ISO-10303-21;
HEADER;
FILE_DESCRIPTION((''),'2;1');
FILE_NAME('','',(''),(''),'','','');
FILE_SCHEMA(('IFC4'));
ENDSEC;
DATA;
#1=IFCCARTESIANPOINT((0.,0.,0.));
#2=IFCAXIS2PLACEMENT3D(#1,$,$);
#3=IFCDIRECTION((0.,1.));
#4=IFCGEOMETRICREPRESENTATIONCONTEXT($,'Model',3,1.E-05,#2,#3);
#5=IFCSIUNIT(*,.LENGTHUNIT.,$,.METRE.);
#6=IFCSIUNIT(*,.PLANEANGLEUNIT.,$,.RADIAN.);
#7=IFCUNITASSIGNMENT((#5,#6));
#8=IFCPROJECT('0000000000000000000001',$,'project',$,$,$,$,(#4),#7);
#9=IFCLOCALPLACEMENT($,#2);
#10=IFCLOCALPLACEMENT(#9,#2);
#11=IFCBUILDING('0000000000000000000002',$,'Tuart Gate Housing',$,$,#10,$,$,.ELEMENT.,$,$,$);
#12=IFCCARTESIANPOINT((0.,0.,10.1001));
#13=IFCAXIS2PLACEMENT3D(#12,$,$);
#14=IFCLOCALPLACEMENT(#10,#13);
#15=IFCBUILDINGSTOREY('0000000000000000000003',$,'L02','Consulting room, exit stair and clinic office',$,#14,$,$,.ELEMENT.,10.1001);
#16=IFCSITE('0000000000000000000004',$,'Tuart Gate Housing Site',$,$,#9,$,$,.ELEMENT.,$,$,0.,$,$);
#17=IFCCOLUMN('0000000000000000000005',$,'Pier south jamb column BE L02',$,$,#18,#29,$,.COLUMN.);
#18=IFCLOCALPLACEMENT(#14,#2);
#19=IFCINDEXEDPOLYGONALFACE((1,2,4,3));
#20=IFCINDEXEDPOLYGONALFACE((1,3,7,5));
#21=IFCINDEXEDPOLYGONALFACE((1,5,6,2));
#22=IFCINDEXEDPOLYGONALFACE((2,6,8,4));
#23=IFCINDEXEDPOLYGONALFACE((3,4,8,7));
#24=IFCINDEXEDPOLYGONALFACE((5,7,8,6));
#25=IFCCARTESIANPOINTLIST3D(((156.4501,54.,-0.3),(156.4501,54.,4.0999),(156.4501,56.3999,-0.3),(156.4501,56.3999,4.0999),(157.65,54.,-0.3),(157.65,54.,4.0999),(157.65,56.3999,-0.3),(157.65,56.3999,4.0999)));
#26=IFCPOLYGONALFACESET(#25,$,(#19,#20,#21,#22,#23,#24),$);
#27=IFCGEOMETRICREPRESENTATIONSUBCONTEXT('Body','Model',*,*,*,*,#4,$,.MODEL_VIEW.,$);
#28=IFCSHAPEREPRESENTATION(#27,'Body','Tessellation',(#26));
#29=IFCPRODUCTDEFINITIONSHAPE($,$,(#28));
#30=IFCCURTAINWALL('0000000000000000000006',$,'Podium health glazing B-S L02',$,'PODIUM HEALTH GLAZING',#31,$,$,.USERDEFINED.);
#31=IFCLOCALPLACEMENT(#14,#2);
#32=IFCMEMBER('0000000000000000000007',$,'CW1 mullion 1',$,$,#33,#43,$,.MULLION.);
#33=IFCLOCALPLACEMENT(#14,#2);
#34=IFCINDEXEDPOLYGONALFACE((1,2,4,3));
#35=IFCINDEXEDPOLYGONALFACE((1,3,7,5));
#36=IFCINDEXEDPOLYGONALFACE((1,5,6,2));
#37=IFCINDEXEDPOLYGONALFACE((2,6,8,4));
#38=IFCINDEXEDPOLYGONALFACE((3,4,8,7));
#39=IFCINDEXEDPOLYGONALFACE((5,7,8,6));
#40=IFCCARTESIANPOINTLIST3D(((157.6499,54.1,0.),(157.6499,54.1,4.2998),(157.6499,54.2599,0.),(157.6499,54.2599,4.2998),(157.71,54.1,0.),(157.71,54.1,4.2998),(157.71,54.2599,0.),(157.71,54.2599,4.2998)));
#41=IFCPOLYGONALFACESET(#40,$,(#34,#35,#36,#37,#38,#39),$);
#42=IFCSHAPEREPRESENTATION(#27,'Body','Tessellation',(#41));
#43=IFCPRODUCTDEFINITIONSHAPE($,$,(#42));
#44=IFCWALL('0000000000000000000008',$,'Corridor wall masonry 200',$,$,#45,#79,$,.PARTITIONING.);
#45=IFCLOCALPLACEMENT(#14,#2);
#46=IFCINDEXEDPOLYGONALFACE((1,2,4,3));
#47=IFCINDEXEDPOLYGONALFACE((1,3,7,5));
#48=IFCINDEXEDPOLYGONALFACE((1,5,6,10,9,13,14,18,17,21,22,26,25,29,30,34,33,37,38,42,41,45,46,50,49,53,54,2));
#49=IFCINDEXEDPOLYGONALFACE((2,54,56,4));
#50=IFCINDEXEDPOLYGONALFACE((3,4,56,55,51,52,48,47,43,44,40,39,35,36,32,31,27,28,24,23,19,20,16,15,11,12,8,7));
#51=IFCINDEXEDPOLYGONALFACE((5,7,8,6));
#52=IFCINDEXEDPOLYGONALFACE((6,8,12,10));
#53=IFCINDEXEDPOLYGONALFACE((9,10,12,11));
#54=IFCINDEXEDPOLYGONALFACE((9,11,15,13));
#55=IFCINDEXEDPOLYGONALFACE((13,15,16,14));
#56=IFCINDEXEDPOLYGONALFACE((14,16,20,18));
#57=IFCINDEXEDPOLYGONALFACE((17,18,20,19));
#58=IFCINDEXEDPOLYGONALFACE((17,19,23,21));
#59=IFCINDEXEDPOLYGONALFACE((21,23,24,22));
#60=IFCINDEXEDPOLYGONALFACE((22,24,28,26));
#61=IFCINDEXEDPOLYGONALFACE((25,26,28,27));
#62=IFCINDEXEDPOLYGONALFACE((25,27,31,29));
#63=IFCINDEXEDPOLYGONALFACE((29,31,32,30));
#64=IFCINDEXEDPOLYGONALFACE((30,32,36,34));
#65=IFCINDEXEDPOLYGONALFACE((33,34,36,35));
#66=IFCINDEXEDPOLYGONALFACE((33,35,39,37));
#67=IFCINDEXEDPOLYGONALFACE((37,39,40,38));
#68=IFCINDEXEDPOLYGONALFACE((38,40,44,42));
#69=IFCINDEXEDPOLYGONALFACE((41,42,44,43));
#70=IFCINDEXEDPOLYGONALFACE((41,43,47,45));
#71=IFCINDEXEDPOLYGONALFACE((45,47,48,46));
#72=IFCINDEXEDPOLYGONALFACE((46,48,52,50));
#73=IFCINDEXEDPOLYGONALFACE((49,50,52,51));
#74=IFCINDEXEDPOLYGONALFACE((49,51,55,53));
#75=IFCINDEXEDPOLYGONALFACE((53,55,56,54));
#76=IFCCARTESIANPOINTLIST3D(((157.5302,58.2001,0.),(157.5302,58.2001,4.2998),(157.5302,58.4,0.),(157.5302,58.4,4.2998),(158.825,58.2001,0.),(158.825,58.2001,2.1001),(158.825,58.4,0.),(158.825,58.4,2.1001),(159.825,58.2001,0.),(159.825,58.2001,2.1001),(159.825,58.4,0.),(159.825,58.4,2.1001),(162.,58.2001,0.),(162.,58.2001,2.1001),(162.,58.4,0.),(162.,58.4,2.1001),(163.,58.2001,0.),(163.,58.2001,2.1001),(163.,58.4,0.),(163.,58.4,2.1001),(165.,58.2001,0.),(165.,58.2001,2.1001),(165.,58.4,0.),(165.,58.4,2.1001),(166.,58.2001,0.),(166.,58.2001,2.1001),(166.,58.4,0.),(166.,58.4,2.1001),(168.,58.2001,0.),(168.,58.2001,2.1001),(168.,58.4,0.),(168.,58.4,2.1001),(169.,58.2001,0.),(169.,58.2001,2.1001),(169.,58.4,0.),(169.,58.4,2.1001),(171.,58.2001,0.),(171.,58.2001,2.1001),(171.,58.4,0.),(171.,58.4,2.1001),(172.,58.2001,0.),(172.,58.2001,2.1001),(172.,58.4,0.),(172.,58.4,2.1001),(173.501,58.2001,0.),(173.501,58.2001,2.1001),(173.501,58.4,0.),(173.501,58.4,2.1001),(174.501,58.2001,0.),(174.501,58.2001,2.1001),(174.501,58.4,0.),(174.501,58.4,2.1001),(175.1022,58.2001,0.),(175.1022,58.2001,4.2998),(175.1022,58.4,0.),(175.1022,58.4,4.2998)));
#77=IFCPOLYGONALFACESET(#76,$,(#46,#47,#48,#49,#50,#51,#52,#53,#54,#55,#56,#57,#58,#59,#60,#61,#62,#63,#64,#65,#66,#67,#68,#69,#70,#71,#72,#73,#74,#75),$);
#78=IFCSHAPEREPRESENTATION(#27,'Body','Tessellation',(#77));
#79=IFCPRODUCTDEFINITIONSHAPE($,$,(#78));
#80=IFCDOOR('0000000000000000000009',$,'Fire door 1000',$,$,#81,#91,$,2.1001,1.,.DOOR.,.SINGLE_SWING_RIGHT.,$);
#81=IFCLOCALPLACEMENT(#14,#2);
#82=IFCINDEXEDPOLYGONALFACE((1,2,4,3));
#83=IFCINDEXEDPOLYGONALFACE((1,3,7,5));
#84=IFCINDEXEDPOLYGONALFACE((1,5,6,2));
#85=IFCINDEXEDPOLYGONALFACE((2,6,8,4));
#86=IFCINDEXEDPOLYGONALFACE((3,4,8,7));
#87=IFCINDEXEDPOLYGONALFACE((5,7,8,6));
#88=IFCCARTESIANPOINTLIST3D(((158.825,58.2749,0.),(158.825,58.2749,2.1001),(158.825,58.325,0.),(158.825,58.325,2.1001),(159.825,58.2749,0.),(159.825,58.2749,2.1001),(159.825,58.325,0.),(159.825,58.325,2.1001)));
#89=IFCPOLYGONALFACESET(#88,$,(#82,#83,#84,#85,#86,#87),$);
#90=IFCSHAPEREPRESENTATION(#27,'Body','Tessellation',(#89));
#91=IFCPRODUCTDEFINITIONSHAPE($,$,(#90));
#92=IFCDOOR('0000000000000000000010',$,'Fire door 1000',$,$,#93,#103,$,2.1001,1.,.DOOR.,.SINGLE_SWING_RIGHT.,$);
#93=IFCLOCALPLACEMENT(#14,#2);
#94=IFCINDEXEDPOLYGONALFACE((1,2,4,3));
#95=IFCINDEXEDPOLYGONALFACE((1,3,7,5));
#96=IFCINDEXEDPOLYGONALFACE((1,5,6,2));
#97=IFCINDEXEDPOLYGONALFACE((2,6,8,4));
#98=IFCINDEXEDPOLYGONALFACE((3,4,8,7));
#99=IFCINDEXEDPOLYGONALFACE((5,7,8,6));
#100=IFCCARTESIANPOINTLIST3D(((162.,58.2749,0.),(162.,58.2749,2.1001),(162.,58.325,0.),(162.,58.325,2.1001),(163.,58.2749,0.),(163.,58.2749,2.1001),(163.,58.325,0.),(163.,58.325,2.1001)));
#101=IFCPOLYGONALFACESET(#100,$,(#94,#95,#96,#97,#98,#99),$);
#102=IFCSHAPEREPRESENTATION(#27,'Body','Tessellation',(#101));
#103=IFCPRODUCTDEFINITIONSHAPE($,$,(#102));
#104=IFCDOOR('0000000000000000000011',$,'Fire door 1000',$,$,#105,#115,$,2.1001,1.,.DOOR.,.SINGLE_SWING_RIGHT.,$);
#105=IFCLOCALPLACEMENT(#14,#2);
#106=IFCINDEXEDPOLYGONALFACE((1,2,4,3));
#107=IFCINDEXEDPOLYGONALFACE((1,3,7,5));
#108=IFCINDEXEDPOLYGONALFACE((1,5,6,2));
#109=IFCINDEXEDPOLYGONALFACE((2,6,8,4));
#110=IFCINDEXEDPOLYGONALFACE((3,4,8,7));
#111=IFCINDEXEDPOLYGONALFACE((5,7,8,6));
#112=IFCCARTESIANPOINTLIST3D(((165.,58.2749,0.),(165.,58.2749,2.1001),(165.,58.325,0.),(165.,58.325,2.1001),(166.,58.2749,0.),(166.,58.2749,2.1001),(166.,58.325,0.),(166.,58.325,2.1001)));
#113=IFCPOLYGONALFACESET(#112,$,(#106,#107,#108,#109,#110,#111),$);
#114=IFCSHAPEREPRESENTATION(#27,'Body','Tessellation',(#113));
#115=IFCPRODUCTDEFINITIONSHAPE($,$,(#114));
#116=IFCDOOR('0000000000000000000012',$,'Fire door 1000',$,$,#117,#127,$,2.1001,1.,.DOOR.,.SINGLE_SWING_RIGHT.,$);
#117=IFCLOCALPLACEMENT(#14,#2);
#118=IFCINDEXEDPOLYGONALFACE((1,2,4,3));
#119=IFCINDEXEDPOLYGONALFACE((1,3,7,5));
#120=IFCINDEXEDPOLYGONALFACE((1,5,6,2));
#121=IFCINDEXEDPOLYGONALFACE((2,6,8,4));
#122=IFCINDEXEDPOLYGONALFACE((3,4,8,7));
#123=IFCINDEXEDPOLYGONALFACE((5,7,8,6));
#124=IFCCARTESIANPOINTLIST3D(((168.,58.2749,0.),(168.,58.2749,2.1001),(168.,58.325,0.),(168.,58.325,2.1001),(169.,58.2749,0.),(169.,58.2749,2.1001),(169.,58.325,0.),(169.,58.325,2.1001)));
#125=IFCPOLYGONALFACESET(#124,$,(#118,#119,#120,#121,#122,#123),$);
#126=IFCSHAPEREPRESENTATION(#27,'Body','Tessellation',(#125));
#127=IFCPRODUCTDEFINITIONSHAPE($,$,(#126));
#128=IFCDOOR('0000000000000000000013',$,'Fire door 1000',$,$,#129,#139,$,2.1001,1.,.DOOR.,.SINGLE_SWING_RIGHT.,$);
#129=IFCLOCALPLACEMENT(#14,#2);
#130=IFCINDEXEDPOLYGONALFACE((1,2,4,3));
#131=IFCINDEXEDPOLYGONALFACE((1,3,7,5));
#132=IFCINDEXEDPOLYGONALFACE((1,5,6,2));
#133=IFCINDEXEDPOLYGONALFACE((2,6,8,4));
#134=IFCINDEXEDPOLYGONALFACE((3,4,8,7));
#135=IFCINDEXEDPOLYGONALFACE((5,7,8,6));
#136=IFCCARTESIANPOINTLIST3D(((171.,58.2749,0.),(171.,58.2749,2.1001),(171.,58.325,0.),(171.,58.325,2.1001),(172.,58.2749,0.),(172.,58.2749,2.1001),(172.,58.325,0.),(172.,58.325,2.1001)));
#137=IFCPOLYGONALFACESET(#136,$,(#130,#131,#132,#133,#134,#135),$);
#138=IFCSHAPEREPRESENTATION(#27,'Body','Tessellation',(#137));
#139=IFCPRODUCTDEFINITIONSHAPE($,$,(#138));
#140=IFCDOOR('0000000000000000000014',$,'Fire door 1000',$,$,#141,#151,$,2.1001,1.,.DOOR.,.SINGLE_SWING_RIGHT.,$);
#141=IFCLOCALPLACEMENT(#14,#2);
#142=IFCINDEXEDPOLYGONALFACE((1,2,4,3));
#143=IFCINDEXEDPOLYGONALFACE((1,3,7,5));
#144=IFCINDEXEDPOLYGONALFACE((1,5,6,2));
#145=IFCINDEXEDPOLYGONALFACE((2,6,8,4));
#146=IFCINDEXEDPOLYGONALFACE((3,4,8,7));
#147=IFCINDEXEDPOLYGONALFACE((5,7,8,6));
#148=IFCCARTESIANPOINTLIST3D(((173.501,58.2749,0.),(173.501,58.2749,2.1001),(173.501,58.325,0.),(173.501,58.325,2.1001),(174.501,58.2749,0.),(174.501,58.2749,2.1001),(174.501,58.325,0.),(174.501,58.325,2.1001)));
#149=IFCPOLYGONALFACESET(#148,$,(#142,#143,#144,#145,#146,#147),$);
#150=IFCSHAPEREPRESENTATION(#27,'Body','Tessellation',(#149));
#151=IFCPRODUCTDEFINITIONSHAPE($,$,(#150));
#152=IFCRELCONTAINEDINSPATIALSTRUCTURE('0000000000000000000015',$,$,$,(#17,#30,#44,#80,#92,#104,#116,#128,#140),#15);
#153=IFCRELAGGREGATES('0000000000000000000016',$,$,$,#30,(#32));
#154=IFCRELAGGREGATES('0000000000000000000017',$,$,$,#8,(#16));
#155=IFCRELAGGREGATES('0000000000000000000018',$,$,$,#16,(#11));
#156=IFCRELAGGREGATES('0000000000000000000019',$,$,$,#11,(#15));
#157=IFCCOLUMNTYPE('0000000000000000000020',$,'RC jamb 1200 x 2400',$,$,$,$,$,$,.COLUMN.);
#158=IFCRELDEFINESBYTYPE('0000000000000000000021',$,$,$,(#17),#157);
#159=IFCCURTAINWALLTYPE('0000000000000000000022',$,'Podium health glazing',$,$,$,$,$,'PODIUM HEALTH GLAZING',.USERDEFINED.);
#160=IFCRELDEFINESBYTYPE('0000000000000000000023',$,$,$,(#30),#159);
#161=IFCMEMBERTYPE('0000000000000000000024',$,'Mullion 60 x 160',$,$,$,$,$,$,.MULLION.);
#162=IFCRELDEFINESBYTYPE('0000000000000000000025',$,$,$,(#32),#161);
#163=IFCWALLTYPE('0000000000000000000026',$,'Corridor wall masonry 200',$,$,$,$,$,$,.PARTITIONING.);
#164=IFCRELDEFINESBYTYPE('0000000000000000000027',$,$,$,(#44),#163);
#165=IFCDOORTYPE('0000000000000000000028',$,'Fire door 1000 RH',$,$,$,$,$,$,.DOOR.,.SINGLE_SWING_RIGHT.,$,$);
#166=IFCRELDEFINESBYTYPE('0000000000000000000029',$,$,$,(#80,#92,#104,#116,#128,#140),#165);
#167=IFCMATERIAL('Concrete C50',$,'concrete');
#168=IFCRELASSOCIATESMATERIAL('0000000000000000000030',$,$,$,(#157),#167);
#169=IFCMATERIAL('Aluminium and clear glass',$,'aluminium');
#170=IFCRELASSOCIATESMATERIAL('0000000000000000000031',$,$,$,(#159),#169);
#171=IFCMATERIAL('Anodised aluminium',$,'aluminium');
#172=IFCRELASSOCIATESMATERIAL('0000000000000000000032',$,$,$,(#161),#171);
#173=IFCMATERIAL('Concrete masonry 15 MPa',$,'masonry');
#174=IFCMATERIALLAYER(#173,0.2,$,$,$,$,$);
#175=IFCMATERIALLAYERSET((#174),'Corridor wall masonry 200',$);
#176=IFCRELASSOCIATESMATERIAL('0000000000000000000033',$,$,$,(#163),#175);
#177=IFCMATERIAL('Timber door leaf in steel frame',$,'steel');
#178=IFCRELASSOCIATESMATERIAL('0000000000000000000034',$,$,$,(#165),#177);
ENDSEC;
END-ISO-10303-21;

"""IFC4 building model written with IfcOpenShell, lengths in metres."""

from ifc_helpers import new_model, si_unit, direction, frame, frame_2d, origin, origin_2d, place, context, subcontext, project, spatial, rectangle, extrude, material, layer, layer_set, material_profile, profile_set, type_object, element, fill, aggregate, save


model = new_model("IFC4")

# Units and contexts
model_context = context("Model", 3, precision=1e-05, world=origin(), true_north=direction((0.0, 1.0)))
body_context = subcontext(model_context, "Body", "Model", "MODEL_VIEW")
ifc_project = project(units=[si_unit("LENGTHUNIT", "METRE"), si_unit("PLANEANGLEUNIT", "RADIAN")], contexts=[model_context])

# Site, building, storey
site_placement = place(None, origin())
site = spatial("IfcSite", under=ifc_project, at=site_placement, Name="Tuart Gate Housing Site", CompositionType="ELEMENT", RefElevation=0.0)
building_placement = place(site_placement, origin())
building = spatial("IfcBuilding", under=site, at=building_placement, Name="Tuart Gate Housing", CompositionType="ELEMENT")
storey_placement = place(building_placement, frame((0.0, 0.0, 10.1001)))
storey = spatial("IfcBuildingStorey", under=building, at=storey_placement, Name="L02", Description="Consulting room, exit stair and clinic office", CompositionType="ELEMENT", Elevation=10.1001)

# Column
ifc_material_1 = material(Name="Concrete C50", Category="concrete")
ifc_material_profile_1 = material_profile(ifc_material_1, rectangle(XDim=1.2, YDim=2.3999, at=origin_2d()), Name="RC jamb 1200 x 2400")
ifc_profile_set_1 = profile_set([ifc_material_profile_1], Name="Concrete C50")
column_type = type_object("IfcColumnType", Name="RC jamb 1200 x 2400", PredefinedType="COLUMN", material=ifc_profile_set_1)
column_placement = place(storey_placement, frame((157.05, 55.2, -0.3), z_axis=(0.0, 0.0, 1.0), x_axis=(1.0, 0.0, 0.0)))
element("IfcColumn", 1, at=column_placement, inside=storey, type_object=column_type, Name="Pier south jamb column BE L02", PredefinedType="COLUMN", context=body_context, shape_type="SweptSolid", body=[
    extrude(rectangle(XDim=1.2, YDim=2.3999, at=origin_2d()), origin(), (0.0, 0.0, 1.0), 4.3999),
])

# Curtain wall, member
ifc_material_2 = material(Name="Aluminium and clear glass", Category="aluminium")
curtain_wall_type = type_object("IfcCurtainWallType", Name="Podium health glazing", ElementType="PODIUM HEALTH GLAZING", PredefinedType="USERDEFINED", material=ifc_material_2)
curtain_wall_placement = place(storey_placement, origin())
curtain_wall = element("IfcCurtainWall", 2, at=curtain_wall_placement, inside=storey, type_object=curtain_wall_type, Name="Podium health glazing B-S L02", ObjectType="PODIUM HEALTH GLAZING", PredefinedType="USERDEFINED")
ifc_material_3 = material(Name="Anodised aluminium", Category="aluminium")
ifc_material_profile_2 = material_profile(ifc_material_3, rectangle(XDim=0.0601, YDim=0.1599, at=origin_2d()), Name="60x160")
ifc_profile_set_2 = profile_set([ifc_material_profile_2], Name="Anodised aluminium")
member_type = type_object("IfcMemberType", Name="Mullion 60 x 160", PredefinedType="MULLION", material=ifc_profile_set_2)
member_placement = place(storey_placement, frame((157.6799, 54.1799, 0.0), z_axis=(0.0, 0.0, 1.0), x_axis=(1.0, 0.0, 0.0)))
member = element("IfcMember", 3, at=member_placement, type_object=member_type, Name="CW1 mullion 1", PredefinedType="MULLION", context=body_context, shape_type="SweptSolid", body=[
    extrude(rectangle(XDim=0.0601, YDim=0.1599, at=origin_2d()), origin(), (0.0, 0.0, 1.0), 4.2998),
])
aggregate(curtain_wall, [member])

# Wall, openings, doors
ifc_material_4 = material(Name="Concrete masonry 15 MPa", Category="masonry")
ifc_layer_1 = layer(ifc_material_4, 0.2)
ifc_layer_set_1 = layer_set([ifc_layer_1], Name="Corridor wall masonry 200")
wall_type_1 = type_object("IfcWallType", Name="Corridor wall masonry 200", PredefinedType="PARTITIONING", material=ifc_layer_set_1)
wall_1_placement = place(storey_placement, frame((157.53, 58.3, 0.0), z_axis=(0.0, 0.0, 1.0), x_axis=(1.0, 0.0, 0.0)))
wall_1 = element("IfcWall", 4, at=wall_1_placement, inside=storey, type_object=wall_type_1, Name="Corridor wall masonry 200", PredefinedType="PARTITIONING", context=body_context, shape_type="SweptSolid", body=[
    extrude(rectangle(XDim=17.572, YDim=0.2, at=frame_2d((8.7861, 0.0))), origin(), (0.0, 0.0, 1.0), 4.2998),
])
opening_1_placement = place(wall_1_placement, frame((1.2949, 0.0, 0.0)))
opening_1 = element("IfcOpeningElement", 5, at=opening_1_placement, cuts=wall_1, PredefinedType="OPENING", context=body_context, shape_type="SweptSolid", body=[
    extrude(rectangle(XDim=1.0, YDim=2.1001, at=frame_2d((0.5, 1.05))), frame((0.0, 0.1099, 0.0), z_axis=(0.0, -1.0, 0.0), x_axis=(1.0, 0.0, 0.0)), (0.0, 0.0, 1.0), 0.22),
])
opening_2_placement = place(wall_1_placement, frame((4.47, 0.0, 0.0)))
opening_2 = element("IfcOpeningElement", 6, at=opening_2_placement, cuts=wall_1, PredefinedType="OPENING", context=body_context, shape_type="SweptSolid", body=[
    extrude(rectangle(XDim=1.0, YDim=2.1001, at=frame_2d((0.5, 1.05))), frame((0.0, 0.1099, 0.0), z_axis=(0.0, -1.0, 0.0), x_axis=(1.0, 0.0, 0.0)), (0.0, 0.0, 1.0), 0.22),
])
opening_3_placement = place(wall_1_placement, frame((7.47, 0.0, 0.0)))
opening_3 = element("IfcOpeningElement", 7, at=opening_3_placement, cuts=wall_1, PredefinedType="OPENING", context=body_context, shape_type="SweptSolid", body=[
    extrude(rectangle(XDim=1.0, YDim=2.1001, at=frame_2d((0.5, 1.05))), frame((0.0, 0.1099, 0.0), z_axis=(0.0, -1.0, 0.0), x_axis=(1.0, 0.0, 0.0)), (0.0, 0.0, 1.0), 0.22),
])
opening_4_placement = place(wall_1_placement, frame((10.47, 0.0, 0.0)))
opening_4 = element("IfcOpeningElement", 8, at=opening_4_placement, cuts=wall_1, PredefinedType="OPENING", context=body_context, shape_type="SweptSolid", body=[
    extrude(rectangle(XDim=1.0, YDim=2.1001, at=frame_2d((0.5, 1.05))), frame((0.0, 0.1099, 0.0), z_axis=(0.0, -1.0, 0.0), x_axis=(1.0, 0.0, 0.0)), (0.0, 0.0, 1.0), 0.22),
])
opening_5_placement = place(wall_1_placement, frame((13.47, 0.0, 0.0)))
opening_5 = element("IfcOpeningElement", 9, at=opening_5_placement, cuts=wall_1, PredefinedType="OPENING", context=body_context, shape_type="SweptSolid", body=[
    extrude(rectangle(XDim=1.0, YDim=2.1001, at=frame_2d((0.5, 1.05))), frame((0.0, 0.1099, 0.0), z_axis=(0.0, -1.0, 0.0), x_axis=(1.0, 0.0, 0.0)), (0.0, 0.0, 1.0), 0.22),
])
opening_6_placement = place(wall_1_placement, frame((15.9709, 0.0, 0.0)))
opening_6 = element("IfcOpeningElement", 10, at=opening_6_placement, cuts=wall_1, PredefinedType="OPENING", context=body_context, shape_type="SweptSolid", body=[
    extrude(rectangle(XDim=1.0, YDim=2.1001, at=frame_2d((0.5, 1.05))), frame((0.0, 0.1099, 0.0), z_axis=(0.0, -1.0, 0.0), x_axis=(1.0, 0.0, 0.0)), (0.0, 0.0, 1.0), 0.22),
])
ifc_material_5 = material(Name="Timber door leaf in steel frame", Category="steel")
door_type_1 = type_object("IfcDoorType", Name="Fire door 1000 RH", OperationType="SINGLE_SWING_RIGHT", PredefinedType="DOOR", material=ifc_material_5)
door_1_placement = place(opening_1_placement, frame((1.0, 0.0, 0.0), z_axis=(0.0, 0.0, 1.0), x_axis=(-1.0, 0.0, 0.0)))
door_1 = element("IfcDoor", 11, at=door_1_placement, inside=storey, type_object=door_type_1, Name="Fire door 1000", OperationType="SINGLE_SWING_RIGHT", OverallHeight=2.1001, OverallWidth=1.0, PredefinedType="DOOR", context=body_context, shape_type="SweptSolid", body=[
    extrude(rectangle(XDim=1.0, YDim=2.1001, at=frame_2d((0.5, 1.05))), frame((0.0, 0.0251, 0.0), z_axis=(0.0, -1.0, 0.0), x_axis=(1.0, 0.0, 0.0)), (0.0, 0.0, 1.0), 0.05),
])
fill(opening_1, door_1)
door_2_placement = place(opening_2_placement, frame((1.0, 0.0, 0.0), z_axis=(0.0, 0.0, 1.0), x_axis=(-1.0, 0.0, 0.0)))
door_2 = element("IfcDoor", 12, at=door_2_placement, inside=storey, type_object=door_type_1, Name="Fire door 1000", OperationType="SINGLE_SWING_RIGHT", OverallHeight=2.1001, OverallWidth=1.0, PredefinedType="DOOR", context=body_context, shape_type="SweptSolid", body=[
    extrude(rectangle(XDim=1.0, YDim=2.1001, at=frame_2d((0.5, 1.05))), frame((0.0, 0.0251, 0.0), z_axis=(0.0, -1.0, 0.0), x_axis=(1.0, 0.0, 0.0)), (0.0, 0.0, 1.0), 0.05),
])
fill(opening_2, door_2)
door_3_placement = place(opening_3_placement, frame((1.0, 0.0, 0.0), z_axis=(0.0, 0.0, 1.0), x_axis=(-1.0, 0.0, 0.0)))
door_3 = element("IfcDoor", 13, at=door_3_placement, inside=storey, type_object=door_type_1, Name="Fire door 1000", OperationType="SINGLE_SWING_RIGHT", OverallHeight=2.1001, OverallWidth=1.0, PredefinedType="DOOR", context=body_context, shape_type="SweptSolid", body=[
    extrude(rectangle(XDim=1.0, YDim=2.1001, at=frame_2d((0.5, 1.05))), frame((0.0, 0.0251, 0.0), z_axis=(0.0, -1.0, 0.0), x_axis=(1.0, 0.0, 0.0)), (0.0, 0.0, 1.0), 0.05),
])
fill(opening_3, door_3)
door_4_placement = place(opening_4_placement, frame((1.0, 0.0, 0.0), z_axis=(0.0, 0.0, 1.0), x_axis=(-1.0, 0.0, 0.0)))
door_4 = element("IfcDoor", 14, at=door_4_placement, inside=storey, type_object=door_type_1, Name="Fire door 1000", OperationType="SINGLE_SWING_RIGHT", OverallHeight=2.1001, OverallWidth=1.0, PredefinedType="DOOR", context=body_context, shape_type="SweptSolid", body=[
    extrude(rectangle(XDim=1.0, YDim=2.1001, at=frame_2d((0.5, 1.05))), frame((0.0, 0.0251, 0.0), z_axis=(0.0, -1.0, 0.0), x_axis=(1.0, 0.0, 0.0)), (0.0, 0.0, 1.0), 0.05),
])
fill(opening_4, door_4)
door_5_placement = place(opening_5_placement, frame((1.0, 0.0, 0.0), z_axis=(0.0, 0.0, 1.0), x_axis=(-1.0, 0.0, 0.0)))
door_5 = element("IfcDoor", 15, at=door_5_placement, inside=storey, type_object=door_type_1, Name="Fire door 1000", OperationType="SINGLE_SWING_RIGHT", OverallHeight=2.1001, OverallWidth=1.0, PredefinedType="DOOR", context=body_context, shape_type="SweptSolid", body=[
    extrude(rectangle(XDim=1.0, YDim=2.1001, at=frame_2d((0.5, 1.05))), frame((0.0, 0.0251, 0.0), z_axis=(0.0, -1.0, 0.0), x_axis=(1.0, 0.0, 0.0)), (0.0, 0.0, 1.0), 0.05),
])
fill(opening_5, door_5)
door_6_placement = place(opening_6_placement, frame((1.0, 0.0, 0.0), z_axis=(0.0, 0.0, 1.0), x_axis=(-1.0, 0.0, 0.0)))
door_6 = element("IfcDoor", 16, at=door_6_placement, inside=storey, type_object=door_type_1, Name="Fire door 1000", OperationType="SINGLE_SWING_RIGHT", OverallHeight=2.1001, OverallWidth=1.0, PredefinedType="DOOR", context=body_context, shape_type="SweptSolid", body=[
    extrude(rectangle(XDim=1.0, YDim=2.1001, at=frame_2d((0.5, 1.05))), frame((0.0, 0.0251, 0.0), z_axis=(0.0, -1.0, 0.0), x_axis=(1.0, 0.0, 0.0)), (0.0, 0.0, 1.0), 0.05),
])
fill(opening_6, door_6)

save(model, "model.ifc")
